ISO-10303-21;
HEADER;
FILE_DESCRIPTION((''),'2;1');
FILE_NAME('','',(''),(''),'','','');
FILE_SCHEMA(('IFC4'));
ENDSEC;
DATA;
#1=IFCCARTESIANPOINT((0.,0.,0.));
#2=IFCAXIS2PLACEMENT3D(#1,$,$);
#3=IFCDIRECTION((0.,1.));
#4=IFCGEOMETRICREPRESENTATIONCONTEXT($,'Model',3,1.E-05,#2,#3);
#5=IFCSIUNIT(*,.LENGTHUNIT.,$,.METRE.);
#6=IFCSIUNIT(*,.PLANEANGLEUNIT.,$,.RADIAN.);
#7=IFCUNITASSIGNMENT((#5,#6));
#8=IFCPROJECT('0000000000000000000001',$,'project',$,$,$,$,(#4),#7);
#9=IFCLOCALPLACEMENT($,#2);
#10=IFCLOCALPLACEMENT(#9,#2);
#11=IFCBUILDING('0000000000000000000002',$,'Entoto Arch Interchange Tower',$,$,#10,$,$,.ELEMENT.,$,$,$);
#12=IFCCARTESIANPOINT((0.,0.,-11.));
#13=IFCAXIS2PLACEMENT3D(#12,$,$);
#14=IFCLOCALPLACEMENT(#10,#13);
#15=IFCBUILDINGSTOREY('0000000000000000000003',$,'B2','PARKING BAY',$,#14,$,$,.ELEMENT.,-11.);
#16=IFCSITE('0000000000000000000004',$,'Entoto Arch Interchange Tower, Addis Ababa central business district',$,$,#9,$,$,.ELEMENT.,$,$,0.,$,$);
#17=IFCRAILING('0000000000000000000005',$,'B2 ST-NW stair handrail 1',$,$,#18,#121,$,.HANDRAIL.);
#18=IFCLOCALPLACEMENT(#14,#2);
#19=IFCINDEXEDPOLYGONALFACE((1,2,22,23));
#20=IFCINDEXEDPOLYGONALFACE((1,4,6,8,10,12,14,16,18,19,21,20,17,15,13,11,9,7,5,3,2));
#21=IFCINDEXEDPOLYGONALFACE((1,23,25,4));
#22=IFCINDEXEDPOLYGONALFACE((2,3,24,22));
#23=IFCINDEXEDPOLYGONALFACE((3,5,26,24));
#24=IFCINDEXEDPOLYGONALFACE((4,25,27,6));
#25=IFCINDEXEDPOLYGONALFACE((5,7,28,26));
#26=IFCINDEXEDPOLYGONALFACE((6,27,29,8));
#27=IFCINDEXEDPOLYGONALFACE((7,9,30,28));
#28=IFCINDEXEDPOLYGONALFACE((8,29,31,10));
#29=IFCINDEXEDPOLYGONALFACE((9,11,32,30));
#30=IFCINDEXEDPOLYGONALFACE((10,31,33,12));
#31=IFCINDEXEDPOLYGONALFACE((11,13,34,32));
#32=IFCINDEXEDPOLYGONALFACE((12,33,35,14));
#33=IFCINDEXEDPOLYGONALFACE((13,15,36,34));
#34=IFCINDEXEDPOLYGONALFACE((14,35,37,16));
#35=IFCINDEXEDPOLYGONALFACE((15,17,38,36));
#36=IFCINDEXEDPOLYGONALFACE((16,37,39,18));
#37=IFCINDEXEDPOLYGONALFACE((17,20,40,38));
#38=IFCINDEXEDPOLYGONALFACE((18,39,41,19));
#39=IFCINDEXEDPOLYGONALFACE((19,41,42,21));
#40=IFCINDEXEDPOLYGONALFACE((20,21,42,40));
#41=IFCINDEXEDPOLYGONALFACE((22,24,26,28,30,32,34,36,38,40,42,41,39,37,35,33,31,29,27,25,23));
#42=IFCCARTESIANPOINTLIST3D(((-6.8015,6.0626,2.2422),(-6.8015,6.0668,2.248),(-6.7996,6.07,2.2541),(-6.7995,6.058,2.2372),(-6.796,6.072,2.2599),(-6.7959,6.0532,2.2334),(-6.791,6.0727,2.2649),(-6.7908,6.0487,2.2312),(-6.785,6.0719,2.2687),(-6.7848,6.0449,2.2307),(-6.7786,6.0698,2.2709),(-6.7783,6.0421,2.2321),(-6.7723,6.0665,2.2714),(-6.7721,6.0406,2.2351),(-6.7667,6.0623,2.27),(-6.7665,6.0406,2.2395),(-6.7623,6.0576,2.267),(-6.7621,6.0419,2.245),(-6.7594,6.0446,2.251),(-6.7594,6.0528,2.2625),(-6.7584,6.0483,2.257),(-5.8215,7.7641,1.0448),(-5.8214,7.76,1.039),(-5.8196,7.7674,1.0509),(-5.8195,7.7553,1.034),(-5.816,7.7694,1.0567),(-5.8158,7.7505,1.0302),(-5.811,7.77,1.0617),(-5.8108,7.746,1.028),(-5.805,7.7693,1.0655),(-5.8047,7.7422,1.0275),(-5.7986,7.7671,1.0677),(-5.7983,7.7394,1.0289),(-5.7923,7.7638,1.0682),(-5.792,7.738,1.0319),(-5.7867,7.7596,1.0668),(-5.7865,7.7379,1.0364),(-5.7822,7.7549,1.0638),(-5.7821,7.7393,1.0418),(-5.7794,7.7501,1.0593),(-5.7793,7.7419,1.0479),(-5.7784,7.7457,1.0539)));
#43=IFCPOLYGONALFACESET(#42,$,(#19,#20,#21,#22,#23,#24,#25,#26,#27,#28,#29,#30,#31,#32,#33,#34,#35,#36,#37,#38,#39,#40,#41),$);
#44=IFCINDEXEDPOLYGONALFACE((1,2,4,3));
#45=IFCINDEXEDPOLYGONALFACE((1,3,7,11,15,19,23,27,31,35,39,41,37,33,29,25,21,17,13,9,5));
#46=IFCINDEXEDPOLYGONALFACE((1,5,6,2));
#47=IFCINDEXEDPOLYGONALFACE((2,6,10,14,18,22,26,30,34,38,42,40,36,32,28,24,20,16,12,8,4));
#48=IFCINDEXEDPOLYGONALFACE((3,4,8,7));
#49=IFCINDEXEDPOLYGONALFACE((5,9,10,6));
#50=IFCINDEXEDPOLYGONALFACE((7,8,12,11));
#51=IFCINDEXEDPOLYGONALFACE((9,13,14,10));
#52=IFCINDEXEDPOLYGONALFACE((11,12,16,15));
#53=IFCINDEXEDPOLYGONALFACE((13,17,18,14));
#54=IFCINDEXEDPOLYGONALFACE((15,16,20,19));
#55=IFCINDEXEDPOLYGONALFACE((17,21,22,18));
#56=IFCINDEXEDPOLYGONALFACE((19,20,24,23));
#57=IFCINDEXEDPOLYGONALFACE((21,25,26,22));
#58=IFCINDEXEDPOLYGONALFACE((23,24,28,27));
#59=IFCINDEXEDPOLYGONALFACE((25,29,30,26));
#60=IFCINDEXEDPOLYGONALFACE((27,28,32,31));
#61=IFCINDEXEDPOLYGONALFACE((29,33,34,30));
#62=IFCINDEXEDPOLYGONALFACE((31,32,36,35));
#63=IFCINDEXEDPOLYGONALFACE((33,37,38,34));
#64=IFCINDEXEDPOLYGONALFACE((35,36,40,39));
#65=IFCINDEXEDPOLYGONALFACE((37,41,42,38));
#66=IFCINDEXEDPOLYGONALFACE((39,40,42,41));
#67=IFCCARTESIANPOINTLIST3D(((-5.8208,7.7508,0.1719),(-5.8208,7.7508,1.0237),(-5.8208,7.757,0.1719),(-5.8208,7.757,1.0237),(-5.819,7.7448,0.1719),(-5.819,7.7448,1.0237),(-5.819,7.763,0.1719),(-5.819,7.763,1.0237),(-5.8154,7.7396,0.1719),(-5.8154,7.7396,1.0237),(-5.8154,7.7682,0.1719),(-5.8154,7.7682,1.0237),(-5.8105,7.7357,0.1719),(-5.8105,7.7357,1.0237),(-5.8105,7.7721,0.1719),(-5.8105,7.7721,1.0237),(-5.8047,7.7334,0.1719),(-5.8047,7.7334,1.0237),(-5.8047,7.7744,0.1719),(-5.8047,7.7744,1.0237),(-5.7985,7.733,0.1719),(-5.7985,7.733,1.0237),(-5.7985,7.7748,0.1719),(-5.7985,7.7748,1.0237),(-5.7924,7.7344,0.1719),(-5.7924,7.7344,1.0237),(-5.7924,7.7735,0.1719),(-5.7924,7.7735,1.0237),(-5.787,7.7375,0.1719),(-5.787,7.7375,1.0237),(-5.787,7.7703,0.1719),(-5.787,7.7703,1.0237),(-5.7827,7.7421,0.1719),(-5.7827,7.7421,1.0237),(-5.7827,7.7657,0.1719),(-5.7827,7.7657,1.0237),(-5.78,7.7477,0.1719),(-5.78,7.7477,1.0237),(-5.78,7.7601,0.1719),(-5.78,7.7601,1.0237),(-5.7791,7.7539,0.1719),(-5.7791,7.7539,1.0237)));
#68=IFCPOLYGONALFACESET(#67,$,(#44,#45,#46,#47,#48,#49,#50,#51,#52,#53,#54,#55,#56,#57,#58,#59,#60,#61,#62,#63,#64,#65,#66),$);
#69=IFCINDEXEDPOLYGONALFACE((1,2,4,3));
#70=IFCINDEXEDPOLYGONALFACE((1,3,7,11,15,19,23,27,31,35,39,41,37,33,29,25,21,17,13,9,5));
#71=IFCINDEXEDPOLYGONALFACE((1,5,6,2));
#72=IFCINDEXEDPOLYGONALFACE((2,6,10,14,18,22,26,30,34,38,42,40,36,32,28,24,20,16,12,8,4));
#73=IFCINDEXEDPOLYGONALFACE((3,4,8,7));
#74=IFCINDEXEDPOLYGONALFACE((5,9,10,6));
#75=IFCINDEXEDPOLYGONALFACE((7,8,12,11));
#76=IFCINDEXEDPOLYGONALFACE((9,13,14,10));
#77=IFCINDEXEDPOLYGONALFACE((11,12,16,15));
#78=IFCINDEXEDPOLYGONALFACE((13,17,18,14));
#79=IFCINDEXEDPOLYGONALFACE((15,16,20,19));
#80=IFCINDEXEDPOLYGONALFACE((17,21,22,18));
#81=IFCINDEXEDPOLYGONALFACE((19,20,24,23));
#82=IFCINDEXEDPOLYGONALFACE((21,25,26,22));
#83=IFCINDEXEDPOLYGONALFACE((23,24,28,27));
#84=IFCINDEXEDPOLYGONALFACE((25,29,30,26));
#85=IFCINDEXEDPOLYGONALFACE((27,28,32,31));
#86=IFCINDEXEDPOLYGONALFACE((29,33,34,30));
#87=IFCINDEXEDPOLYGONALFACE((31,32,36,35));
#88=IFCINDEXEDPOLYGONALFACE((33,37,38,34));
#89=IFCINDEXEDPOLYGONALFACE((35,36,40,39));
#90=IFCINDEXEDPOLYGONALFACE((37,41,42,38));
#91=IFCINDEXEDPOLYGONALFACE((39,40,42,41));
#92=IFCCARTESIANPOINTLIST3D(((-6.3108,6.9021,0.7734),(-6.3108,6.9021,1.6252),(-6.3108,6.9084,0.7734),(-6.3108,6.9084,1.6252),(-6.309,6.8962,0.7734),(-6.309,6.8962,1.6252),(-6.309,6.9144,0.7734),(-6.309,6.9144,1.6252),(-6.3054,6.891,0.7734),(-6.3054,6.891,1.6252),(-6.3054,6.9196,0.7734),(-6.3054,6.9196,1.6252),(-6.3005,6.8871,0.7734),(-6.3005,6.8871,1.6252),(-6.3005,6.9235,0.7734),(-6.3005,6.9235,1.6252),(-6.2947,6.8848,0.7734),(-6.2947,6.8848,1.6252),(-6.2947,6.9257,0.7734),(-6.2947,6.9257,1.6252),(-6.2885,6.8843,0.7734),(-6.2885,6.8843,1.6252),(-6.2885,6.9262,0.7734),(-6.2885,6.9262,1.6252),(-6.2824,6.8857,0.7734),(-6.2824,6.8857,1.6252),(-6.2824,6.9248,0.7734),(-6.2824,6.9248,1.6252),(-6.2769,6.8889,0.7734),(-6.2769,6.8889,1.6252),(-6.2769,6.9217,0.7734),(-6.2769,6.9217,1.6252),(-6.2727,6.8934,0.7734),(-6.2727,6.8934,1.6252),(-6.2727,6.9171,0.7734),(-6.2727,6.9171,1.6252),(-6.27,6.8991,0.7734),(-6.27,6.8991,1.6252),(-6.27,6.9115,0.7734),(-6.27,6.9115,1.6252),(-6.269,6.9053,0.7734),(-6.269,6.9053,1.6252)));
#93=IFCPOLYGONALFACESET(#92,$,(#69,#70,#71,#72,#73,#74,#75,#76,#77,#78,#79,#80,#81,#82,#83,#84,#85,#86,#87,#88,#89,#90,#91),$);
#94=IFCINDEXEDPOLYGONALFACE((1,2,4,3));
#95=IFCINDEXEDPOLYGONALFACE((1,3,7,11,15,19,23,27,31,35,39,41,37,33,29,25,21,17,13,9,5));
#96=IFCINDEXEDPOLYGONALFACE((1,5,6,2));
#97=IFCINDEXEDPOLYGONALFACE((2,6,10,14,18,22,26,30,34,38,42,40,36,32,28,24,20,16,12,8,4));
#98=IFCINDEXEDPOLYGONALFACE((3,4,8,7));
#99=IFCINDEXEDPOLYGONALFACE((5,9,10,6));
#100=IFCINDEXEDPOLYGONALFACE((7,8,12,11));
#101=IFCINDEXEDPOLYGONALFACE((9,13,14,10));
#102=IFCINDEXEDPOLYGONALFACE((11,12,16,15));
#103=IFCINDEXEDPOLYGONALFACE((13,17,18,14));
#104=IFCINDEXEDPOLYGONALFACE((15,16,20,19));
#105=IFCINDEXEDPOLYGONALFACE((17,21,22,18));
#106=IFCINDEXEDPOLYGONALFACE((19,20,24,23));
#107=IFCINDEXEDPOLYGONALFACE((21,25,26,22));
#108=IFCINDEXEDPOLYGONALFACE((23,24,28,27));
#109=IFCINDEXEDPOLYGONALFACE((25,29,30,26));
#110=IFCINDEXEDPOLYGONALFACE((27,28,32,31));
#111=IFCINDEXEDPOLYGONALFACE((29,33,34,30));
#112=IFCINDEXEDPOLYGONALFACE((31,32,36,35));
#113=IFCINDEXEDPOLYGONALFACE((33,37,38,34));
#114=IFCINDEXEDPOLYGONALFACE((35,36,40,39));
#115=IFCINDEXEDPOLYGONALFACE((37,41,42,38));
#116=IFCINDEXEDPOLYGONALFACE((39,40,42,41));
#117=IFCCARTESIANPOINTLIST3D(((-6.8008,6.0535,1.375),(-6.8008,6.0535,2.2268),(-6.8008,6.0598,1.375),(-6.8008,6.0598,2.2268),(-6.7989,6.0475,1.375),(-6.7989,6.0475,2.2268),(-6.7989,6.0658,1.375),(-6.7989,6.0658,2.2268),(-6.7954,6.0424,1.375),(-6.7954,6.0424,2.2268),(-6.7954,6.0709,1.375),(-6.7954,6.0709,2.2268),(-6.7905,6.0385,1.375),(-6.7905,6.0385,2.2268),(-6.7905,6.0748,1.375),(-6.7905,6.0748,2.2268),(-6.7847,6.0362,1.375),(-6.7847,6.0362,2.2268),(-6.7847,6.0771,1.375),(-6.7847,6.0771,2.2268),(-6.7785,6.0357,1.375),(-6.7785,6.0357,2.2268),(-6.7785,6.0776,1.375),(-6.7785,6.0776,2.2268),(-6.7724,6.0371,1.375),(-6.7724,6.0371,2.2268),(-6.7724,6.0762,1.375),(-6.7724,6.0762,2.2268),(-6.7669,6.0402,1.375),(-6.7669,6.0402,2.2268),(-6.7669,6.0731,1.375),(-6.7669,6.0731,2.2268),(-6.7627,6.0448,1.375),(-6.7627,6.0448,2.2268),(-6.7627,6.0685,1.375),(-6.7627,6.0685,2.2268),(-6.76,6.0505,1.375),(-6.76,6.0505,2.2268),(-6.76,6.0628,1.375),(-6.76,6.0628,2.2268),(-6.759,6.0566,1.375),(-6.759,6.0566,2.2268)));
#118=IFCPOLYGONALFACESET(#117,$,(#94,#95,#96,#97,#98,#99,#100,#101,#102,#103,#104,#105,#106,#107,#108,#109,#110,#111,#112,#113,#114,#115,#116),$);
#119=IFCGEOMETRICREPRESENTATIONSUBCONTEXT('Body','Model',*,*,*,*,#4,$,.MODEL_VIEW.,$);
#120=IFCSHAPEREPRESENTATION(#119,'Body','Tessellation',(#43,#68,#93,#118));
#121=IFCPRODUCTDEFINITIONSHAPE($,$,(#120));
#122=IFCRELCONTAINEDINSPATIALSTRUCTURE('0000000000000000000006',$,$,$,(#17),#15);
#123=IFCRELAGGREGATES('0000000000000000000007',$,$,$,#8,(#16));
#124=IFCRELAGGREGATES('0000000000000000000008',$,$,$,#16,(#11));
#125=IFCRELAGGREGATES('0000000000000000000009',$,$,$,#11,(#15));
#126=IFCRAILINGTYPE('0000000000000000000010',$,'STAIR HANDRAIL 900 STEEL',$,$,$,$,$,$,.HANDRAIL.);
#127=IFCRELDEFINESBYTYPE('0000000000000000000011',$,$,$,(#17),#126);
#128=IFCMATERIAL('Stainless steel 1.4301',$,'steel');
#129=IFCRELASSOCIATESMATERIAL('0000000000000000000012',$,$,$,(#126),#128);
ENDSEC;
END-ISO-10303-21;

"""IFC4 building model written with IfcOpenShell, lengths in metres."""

from ifc_helpers import new_model, si_unit, direction, frame, origin, origin_2d, place, context, subcontext, project, spatial, circle, extrude, material, type_object, element, save


model = new_model("IFC4")

# Units and contexts
model_context = context("Model", 3, precision=1e-05, world=origin(), true_north=direction((0.0, 1.0)))
body_context = subcontext(model_context, "Body", "Model", "MODEL_VIEW")
ifc_project = project(units=[si_unit("LENGTHUNIT", "METRE"), si_unit("PLANEANGLEUNIT", "RADIAN")], contexts=[model_context])

# Site, building, storey
site_placement = place(None, origin())
site = spatial("IfcSite", under=ifc_project, at=site_placement, Name="Entoto Arch Interchange Tower, Addis Ababa central business district", CompositionType="ELEMENT", RefElevation=0.0)
building_placement = place(site_placement, origin())
building = spatial("IfcBuilding", under=site, at=building_placement, Name="Entoto Arch Interchange Tower", CompositionType="ELEMENT")
storey_placement = place(building_placement, frame((0.0, 0.0, -11.0)))
storey = spatial("IfcBuildingStorey", under=building, at=storey_placement, Name="B2", Description="PARKING BAY", CompositionType="ELEMENT", Elevation=-11.0)

# Railing
ifc_material_1 = material(Name="Stainless steel 1.4301", Category="steel")
railing_type_1 = type_object("IfcRailingType", Name="STAIR HANDRAIL 900 STEEL", PredefinedType="HANDRAIL", material=ifc_material_1)
railing_1_placement = place(storey_placement, frame((-5.8, 7.7539, 0.1719)))
element("IfcRailing", 1, at=railing_1_placement, inside=storey, type_object=railing_type_1, Name="B2 ST-NW stair handrail 1", PredefinedType="HANDRAIL", context=body_context, shape_type="SweptSolid", body=[
    extrude(circle(Radius=0.0239, at=origin_2d()), frame((0.0, 0.0, 0.876), z_axis=(-0.426136, -0.73804, 0.523168), x_axis=(0.866011, -0.500024, 0.0)), (0.0, 0.0, 1.0), 2.2998),
    extrude(circle(Radius=0.021, at=origin_2d()), origin(), (0.0, 0.0, 1.0), 0.8518),
    extrude(circle(Radius=0.021, at=origin_2d()), frame((-0.49, -0.8486, 0.6016)), (0.0, 0.0, 1.0), 0.8518),
    extrude(circle(Radius=0.021, at=origin_2d()), frame((-0.98, -1.6973, 1.2031)), (0.0, 0.0, 1.0), 0.8518),
])

save(model, "model.ifc")
